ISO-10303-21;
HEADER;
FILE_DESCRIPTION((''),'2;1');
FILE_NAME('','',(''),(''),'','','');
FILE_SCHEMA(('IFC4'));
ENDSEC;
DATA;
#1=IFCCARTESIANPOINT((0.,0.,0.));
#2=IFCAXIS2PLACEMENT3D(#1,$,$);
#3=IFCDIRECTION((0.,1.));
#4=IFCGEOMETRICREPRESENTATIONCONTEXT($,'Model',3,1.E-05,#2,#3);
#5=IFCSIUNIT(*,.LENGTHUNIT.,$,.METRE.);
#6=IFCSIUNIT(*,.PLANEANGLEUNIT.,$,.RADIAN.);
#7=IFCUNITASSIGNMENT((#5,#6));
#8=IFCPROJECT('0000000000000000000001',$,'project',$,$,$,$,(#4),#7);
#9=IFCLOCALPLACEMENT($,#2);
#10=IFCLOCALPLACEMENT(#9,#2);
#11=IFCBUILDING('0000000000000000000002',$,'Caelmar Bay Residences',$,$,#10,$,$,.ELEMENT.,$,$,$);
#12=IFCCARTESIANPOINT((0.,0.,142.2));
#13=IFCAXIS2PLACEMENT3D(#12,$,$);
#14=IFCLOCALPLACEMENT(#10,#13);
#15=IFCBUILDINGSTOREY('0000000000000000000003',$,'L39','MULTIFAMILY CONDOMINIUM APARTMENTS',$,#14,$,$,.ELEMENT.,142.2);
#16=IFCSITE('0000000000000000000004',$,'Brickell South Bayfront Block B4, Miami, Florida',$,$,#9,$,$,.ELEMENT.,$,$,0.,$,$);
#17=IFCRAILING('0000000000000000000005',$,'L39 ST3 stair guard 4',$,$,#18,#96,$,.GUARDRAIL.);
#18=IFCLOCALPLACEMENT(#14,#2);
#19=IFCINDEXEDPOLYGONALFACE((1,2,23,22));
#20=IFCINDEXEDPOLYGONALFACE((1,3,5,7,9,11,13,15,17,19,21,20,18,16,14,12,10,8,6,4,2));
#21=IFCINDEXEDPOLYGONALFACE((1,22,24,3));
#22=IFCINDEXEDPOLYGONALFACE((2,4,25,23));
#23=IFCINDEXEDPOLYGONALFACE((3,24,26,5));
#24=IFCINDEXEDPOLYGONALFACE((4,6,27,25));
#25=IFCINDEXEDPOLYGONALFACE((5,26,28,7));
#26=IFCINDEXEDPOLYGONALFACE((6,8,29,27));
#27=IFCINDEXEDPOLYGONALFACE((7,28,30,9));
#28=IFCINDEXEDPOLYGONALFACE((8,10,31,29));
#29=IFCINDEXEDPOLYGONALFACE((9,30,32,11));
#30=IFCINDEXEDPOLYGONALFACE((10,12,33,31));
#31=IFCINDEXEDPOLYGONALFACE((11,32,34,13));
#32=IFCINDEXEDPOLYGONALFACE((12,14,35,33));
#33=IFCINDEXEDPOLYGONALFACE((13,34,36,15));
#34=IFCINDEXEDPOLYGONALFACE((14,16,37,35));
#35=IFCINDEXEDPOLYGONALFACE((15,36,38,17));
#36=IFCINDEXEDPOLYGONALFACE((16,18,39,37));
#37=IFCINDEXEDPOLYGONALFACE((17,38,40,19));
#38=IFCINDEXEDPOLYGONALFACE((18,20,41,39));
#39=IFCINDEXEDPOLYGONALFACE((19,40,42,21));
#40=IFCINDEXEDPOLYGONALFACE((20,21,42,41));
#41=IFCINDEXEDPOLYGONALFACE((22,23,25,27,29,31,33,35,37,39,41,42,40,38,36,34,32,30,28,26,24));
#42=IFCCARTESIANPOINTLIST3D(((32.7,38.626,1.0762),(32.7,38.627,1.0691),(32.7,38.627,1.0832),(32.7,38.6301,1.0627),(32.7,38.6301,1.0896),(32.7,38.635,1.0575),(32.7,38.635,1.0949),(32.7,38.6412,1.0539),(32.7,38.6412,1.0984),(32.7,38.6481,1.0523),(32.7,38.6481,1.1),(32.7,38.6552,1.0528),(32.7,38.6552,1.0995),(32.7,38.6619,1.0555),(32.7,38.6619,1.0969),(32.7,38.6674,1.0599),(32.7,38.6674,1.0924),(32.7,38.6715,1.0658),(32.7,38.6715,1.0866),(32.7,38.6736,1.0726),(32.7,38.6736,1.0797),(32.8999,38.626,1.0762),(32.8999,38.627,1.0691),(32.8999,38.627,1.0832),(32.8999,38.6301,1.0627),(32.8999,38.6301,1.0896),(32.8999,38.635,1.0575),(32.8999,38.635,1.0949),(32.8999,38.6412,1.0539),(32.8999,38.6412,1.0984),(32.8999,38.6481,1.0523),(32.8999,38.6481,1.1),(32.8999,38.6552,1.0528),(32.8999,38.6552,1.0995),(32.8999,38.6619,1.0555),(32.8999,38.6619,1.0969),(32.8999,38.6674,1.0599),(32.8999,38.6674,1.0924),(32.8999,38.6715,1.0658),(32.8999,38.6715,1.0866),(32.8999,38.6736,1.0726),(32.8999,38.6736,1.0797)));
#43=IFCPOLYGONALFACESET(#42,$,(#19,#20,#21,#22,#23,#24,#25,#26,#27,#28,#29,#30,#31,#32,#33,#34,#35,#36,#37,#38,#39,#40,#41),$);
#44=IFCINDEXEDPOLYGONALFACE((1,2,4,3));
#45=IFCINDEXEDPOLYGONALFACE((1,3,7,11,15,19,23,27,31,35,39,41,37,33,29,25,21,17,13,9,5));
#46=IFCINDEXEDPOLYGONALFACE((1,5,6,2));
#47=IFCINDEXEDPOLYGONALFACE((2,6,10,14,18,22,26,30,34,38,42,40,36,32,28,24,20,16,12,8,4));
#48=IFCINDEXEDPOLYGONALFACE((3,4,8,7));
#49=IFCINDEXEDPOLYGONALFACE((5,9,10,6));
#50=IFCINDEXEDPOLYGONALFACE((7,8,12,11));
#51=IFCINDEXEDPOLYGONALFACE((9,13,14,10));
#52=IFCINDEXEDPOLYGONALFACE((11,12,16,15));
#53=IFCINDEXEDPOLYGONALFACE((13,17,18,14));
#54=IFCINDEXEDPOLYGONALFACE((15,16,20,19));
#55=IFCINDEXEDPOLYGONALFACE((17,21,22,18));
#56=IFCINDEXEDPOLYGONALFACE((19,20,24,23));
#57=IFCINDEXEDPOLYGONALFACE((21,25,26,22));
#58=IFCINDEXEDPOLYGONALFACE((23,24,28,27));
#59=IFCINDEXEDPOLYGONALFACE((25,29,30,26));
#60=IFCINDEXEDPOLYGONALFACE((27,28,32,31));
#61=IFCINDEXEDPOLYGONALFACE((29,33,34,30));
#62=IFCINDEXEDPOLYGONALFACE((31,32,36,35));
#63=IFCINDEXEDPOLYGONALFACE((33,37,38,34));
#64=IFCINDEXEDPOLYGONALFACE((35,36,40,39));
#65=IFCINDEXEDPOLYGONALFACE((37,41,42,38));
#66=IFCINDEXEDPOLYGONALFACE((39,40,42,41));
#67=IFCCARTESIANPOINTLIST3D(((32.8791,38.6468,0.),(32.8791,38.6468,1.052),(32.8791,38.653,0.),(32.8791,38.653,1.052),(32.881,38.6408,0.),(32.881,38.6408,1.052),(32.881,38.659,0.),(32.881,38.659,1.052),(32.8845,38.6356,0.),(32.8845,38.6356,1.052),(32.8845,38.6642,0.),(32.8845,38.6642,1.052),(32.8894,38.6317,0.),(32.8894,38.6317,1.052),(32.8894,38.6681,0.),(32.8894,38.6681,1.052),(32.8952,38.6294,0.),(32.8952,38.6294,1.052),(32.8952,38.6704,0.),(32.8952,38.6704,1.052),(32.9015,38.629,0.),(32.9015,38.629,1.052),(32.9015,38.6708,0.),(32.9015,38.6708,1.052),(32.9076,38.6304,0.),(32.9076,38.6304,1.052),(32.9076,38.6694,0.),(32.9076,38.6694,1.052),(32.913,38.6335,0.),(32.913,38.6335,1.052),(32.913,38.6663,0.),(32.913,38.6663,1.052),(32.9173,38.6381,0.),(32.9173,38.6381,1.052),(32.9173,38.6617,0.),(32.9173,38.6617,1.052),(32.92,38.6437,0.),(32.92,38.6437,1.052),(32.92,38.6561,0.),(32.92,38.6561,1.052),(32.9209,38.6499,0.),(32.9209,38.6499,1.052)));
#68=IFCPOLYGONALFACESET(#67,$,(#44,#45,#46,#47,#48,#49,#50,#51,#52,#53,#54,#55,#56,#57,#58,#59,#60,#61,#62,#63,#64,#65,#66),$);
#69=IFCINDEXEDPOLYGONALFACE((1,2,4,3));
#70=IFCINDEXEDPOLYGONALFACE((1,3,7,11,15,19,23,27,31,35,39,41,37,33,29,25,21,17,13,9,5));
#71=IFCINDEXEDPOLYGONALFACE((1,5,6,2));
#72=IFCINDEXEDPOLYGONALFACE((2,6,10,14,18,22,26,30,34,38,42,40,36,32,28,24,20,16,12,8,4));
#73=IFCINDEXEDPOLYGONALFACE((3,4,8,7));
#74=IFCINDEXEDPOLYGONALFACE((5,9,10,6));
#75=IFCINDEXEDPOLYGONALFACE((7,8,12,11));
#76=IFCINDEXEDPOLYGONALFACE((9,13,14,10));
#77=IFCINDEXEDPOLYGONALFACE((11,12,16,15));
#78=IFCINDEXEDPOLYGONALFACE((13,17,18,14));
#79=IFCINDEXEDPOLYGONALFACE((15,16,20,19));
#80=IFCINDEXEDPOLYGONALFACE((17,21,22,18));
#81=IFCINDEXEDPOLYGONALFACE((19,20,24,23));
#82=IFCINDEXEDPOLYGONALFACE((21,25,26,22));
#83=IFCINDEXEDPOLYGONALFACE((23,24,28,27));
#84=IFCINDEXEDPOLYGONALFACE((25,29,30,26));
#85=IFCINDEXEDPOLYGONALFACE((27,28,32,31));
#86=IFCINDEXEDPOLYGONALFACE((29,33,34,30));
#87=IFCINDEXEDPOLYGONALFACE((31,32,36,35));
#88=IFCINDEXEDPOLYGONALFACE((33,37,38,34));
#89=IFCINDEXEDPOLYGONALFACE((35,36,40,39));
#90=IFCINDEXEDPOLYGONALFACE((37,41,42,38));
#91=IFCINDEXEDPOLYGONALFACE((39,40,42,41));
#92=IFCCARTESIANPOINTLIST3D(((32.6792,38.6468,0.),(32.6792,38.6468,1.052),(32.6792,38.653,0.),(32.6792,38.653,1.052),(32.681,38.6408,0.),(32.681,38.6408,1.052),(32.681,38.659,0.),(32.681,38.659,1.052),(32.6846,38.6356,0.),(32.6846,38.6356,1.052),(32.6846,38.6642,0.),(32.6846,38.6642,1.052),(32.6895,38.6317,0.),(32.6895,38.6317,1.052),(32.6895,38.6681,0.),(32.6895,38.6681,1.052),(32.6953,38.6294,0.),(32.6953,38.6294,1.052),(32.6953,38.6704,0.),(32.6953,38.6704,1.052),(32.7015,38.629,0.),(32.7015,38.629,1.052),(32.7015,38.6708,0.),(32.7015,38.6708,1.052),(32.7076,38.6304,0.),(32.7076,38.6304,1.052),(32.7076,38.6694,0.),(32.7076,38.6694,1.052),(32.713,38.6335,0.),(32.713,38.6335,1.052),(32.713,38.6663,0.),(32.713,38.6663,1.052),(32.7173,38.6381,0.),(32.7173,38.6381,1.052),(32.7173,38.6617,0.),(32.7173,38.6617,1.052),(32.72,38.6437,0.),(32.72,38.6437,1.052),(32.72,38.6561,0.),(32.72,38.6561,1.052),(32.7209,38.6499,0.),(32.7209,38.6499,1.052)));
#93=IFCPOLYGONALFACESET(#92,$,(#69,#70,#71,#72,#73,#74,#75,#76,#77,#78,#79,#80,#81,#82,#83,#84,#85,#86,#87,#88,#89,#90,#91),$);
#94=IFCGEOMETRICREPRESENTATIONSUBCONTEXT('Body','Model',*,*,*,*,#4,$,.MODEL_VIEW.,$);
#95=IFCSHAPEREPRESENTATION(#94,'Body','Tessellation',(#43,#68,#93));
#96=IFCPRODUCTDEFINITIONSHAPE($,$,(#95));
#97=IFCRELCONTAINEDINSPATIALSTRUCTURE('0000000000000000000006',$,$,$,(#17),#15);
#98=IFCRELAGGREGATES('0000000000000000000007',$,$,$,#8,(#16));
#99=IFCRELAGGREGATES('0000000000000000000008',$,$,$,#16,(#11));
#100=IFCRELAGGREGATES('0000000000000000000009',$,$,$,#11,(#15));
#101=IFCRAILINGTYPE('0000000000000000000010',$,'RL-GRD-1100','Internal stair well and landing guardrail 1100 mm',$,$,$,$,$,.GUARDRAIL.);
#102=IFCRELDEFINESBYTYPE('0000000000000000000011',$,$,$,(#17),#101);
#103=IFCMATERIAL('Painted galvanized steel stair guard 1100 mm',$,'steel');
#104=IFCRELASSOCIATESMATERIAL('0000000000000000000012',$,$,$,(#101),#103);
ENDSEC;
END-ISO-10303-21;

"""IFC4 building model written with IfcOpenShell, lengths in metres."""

from ifc_helpers import new_model, si_unit, direction, frame, origin, origin_2d, place, context, subcontext, project, spatial, circle, extrude, material, type_object, element, save


model = new_model("IFC4")

# Units and contexts
model_context = context("Model", 3, precision=1e-05, world=origin(), true_north=direction((0.0, 1.0)))
body_context = subcontext(model_context, "Body", "Model", "MODEL_VIEW")
ifc_project = project(units=[si_unit("LENGTHUNIT", "METRE"), si_unit("PLANEANGLEUNIT", "RADIAN")], contexts=[model_context])

# Site, building, storey
site_placement = place(None, origin())
site = spatial("IfcSite", under=ifc_project, at=site_placement, Name="Brickell South Bayfront Block B4, Miami, Florida", CompositionType="ELEMENT", RefElevation=0.0)
building_placement = place(site_placement, origin())
building = spatial("IfcBuilding", under=site, at=building_placement, Name="Caelmar Bay Residences", CompositionType="ELEMENT")
storey_placement = place(building_placement, frame((0.0, 0.0, 142.2)))
storey = spatial("IfcBuildingStorey", under=building, at=storey_placement, Name="L39", Description="MULTIFAMILY CONDOMINIUM APARTMENTS", CompositionType="ELEMENT", Elevation=142.2)

# Railing
ifc_material_1 = material(Name="Painted galvanized steel stair guard 1100 mm", Category="steel")
railing_type_1 = type_object("IfcRailingType", Name="RL-GRD-1100", Description="Internal stair well and landing guardrail 1100 mm", PredefinedType="GUARDRAIL", material=ifc_material_1)
railing_1_placement = place(storey_placement, frame((32.8999, 38.6499, 0.0)))
element("IfcRailing", 1, at=railing_1_placement, inside=storey, type_object=railing_type_1, Name="L39 ST3 stair guard 4", PredefinedType="GUARDRAIL", context=body_context, shape_type="SweptSolid", body=[
    extrude(circle(Radius=0.0239, at=origin_2d()), frame((0.0, 0.0, 1.0762), z_axis=(-1.0, 0.0, 0.0), x_axis=(0.0, -1.0, 0.0)), (0.0, 0.0, 1.0), 0.2),
    extrude(circle(Radius=0.021, at=origin_2d()), origin(), (0.0, 0.0, 1.0), 1.052),
    extrude(circle(Radius=0.021, at=origin_2d()), frame((-0.2, 0.0, 0.0)), (0.0, 0.0, 1.0), 1.052),
])

save(model, "model.ifc")
